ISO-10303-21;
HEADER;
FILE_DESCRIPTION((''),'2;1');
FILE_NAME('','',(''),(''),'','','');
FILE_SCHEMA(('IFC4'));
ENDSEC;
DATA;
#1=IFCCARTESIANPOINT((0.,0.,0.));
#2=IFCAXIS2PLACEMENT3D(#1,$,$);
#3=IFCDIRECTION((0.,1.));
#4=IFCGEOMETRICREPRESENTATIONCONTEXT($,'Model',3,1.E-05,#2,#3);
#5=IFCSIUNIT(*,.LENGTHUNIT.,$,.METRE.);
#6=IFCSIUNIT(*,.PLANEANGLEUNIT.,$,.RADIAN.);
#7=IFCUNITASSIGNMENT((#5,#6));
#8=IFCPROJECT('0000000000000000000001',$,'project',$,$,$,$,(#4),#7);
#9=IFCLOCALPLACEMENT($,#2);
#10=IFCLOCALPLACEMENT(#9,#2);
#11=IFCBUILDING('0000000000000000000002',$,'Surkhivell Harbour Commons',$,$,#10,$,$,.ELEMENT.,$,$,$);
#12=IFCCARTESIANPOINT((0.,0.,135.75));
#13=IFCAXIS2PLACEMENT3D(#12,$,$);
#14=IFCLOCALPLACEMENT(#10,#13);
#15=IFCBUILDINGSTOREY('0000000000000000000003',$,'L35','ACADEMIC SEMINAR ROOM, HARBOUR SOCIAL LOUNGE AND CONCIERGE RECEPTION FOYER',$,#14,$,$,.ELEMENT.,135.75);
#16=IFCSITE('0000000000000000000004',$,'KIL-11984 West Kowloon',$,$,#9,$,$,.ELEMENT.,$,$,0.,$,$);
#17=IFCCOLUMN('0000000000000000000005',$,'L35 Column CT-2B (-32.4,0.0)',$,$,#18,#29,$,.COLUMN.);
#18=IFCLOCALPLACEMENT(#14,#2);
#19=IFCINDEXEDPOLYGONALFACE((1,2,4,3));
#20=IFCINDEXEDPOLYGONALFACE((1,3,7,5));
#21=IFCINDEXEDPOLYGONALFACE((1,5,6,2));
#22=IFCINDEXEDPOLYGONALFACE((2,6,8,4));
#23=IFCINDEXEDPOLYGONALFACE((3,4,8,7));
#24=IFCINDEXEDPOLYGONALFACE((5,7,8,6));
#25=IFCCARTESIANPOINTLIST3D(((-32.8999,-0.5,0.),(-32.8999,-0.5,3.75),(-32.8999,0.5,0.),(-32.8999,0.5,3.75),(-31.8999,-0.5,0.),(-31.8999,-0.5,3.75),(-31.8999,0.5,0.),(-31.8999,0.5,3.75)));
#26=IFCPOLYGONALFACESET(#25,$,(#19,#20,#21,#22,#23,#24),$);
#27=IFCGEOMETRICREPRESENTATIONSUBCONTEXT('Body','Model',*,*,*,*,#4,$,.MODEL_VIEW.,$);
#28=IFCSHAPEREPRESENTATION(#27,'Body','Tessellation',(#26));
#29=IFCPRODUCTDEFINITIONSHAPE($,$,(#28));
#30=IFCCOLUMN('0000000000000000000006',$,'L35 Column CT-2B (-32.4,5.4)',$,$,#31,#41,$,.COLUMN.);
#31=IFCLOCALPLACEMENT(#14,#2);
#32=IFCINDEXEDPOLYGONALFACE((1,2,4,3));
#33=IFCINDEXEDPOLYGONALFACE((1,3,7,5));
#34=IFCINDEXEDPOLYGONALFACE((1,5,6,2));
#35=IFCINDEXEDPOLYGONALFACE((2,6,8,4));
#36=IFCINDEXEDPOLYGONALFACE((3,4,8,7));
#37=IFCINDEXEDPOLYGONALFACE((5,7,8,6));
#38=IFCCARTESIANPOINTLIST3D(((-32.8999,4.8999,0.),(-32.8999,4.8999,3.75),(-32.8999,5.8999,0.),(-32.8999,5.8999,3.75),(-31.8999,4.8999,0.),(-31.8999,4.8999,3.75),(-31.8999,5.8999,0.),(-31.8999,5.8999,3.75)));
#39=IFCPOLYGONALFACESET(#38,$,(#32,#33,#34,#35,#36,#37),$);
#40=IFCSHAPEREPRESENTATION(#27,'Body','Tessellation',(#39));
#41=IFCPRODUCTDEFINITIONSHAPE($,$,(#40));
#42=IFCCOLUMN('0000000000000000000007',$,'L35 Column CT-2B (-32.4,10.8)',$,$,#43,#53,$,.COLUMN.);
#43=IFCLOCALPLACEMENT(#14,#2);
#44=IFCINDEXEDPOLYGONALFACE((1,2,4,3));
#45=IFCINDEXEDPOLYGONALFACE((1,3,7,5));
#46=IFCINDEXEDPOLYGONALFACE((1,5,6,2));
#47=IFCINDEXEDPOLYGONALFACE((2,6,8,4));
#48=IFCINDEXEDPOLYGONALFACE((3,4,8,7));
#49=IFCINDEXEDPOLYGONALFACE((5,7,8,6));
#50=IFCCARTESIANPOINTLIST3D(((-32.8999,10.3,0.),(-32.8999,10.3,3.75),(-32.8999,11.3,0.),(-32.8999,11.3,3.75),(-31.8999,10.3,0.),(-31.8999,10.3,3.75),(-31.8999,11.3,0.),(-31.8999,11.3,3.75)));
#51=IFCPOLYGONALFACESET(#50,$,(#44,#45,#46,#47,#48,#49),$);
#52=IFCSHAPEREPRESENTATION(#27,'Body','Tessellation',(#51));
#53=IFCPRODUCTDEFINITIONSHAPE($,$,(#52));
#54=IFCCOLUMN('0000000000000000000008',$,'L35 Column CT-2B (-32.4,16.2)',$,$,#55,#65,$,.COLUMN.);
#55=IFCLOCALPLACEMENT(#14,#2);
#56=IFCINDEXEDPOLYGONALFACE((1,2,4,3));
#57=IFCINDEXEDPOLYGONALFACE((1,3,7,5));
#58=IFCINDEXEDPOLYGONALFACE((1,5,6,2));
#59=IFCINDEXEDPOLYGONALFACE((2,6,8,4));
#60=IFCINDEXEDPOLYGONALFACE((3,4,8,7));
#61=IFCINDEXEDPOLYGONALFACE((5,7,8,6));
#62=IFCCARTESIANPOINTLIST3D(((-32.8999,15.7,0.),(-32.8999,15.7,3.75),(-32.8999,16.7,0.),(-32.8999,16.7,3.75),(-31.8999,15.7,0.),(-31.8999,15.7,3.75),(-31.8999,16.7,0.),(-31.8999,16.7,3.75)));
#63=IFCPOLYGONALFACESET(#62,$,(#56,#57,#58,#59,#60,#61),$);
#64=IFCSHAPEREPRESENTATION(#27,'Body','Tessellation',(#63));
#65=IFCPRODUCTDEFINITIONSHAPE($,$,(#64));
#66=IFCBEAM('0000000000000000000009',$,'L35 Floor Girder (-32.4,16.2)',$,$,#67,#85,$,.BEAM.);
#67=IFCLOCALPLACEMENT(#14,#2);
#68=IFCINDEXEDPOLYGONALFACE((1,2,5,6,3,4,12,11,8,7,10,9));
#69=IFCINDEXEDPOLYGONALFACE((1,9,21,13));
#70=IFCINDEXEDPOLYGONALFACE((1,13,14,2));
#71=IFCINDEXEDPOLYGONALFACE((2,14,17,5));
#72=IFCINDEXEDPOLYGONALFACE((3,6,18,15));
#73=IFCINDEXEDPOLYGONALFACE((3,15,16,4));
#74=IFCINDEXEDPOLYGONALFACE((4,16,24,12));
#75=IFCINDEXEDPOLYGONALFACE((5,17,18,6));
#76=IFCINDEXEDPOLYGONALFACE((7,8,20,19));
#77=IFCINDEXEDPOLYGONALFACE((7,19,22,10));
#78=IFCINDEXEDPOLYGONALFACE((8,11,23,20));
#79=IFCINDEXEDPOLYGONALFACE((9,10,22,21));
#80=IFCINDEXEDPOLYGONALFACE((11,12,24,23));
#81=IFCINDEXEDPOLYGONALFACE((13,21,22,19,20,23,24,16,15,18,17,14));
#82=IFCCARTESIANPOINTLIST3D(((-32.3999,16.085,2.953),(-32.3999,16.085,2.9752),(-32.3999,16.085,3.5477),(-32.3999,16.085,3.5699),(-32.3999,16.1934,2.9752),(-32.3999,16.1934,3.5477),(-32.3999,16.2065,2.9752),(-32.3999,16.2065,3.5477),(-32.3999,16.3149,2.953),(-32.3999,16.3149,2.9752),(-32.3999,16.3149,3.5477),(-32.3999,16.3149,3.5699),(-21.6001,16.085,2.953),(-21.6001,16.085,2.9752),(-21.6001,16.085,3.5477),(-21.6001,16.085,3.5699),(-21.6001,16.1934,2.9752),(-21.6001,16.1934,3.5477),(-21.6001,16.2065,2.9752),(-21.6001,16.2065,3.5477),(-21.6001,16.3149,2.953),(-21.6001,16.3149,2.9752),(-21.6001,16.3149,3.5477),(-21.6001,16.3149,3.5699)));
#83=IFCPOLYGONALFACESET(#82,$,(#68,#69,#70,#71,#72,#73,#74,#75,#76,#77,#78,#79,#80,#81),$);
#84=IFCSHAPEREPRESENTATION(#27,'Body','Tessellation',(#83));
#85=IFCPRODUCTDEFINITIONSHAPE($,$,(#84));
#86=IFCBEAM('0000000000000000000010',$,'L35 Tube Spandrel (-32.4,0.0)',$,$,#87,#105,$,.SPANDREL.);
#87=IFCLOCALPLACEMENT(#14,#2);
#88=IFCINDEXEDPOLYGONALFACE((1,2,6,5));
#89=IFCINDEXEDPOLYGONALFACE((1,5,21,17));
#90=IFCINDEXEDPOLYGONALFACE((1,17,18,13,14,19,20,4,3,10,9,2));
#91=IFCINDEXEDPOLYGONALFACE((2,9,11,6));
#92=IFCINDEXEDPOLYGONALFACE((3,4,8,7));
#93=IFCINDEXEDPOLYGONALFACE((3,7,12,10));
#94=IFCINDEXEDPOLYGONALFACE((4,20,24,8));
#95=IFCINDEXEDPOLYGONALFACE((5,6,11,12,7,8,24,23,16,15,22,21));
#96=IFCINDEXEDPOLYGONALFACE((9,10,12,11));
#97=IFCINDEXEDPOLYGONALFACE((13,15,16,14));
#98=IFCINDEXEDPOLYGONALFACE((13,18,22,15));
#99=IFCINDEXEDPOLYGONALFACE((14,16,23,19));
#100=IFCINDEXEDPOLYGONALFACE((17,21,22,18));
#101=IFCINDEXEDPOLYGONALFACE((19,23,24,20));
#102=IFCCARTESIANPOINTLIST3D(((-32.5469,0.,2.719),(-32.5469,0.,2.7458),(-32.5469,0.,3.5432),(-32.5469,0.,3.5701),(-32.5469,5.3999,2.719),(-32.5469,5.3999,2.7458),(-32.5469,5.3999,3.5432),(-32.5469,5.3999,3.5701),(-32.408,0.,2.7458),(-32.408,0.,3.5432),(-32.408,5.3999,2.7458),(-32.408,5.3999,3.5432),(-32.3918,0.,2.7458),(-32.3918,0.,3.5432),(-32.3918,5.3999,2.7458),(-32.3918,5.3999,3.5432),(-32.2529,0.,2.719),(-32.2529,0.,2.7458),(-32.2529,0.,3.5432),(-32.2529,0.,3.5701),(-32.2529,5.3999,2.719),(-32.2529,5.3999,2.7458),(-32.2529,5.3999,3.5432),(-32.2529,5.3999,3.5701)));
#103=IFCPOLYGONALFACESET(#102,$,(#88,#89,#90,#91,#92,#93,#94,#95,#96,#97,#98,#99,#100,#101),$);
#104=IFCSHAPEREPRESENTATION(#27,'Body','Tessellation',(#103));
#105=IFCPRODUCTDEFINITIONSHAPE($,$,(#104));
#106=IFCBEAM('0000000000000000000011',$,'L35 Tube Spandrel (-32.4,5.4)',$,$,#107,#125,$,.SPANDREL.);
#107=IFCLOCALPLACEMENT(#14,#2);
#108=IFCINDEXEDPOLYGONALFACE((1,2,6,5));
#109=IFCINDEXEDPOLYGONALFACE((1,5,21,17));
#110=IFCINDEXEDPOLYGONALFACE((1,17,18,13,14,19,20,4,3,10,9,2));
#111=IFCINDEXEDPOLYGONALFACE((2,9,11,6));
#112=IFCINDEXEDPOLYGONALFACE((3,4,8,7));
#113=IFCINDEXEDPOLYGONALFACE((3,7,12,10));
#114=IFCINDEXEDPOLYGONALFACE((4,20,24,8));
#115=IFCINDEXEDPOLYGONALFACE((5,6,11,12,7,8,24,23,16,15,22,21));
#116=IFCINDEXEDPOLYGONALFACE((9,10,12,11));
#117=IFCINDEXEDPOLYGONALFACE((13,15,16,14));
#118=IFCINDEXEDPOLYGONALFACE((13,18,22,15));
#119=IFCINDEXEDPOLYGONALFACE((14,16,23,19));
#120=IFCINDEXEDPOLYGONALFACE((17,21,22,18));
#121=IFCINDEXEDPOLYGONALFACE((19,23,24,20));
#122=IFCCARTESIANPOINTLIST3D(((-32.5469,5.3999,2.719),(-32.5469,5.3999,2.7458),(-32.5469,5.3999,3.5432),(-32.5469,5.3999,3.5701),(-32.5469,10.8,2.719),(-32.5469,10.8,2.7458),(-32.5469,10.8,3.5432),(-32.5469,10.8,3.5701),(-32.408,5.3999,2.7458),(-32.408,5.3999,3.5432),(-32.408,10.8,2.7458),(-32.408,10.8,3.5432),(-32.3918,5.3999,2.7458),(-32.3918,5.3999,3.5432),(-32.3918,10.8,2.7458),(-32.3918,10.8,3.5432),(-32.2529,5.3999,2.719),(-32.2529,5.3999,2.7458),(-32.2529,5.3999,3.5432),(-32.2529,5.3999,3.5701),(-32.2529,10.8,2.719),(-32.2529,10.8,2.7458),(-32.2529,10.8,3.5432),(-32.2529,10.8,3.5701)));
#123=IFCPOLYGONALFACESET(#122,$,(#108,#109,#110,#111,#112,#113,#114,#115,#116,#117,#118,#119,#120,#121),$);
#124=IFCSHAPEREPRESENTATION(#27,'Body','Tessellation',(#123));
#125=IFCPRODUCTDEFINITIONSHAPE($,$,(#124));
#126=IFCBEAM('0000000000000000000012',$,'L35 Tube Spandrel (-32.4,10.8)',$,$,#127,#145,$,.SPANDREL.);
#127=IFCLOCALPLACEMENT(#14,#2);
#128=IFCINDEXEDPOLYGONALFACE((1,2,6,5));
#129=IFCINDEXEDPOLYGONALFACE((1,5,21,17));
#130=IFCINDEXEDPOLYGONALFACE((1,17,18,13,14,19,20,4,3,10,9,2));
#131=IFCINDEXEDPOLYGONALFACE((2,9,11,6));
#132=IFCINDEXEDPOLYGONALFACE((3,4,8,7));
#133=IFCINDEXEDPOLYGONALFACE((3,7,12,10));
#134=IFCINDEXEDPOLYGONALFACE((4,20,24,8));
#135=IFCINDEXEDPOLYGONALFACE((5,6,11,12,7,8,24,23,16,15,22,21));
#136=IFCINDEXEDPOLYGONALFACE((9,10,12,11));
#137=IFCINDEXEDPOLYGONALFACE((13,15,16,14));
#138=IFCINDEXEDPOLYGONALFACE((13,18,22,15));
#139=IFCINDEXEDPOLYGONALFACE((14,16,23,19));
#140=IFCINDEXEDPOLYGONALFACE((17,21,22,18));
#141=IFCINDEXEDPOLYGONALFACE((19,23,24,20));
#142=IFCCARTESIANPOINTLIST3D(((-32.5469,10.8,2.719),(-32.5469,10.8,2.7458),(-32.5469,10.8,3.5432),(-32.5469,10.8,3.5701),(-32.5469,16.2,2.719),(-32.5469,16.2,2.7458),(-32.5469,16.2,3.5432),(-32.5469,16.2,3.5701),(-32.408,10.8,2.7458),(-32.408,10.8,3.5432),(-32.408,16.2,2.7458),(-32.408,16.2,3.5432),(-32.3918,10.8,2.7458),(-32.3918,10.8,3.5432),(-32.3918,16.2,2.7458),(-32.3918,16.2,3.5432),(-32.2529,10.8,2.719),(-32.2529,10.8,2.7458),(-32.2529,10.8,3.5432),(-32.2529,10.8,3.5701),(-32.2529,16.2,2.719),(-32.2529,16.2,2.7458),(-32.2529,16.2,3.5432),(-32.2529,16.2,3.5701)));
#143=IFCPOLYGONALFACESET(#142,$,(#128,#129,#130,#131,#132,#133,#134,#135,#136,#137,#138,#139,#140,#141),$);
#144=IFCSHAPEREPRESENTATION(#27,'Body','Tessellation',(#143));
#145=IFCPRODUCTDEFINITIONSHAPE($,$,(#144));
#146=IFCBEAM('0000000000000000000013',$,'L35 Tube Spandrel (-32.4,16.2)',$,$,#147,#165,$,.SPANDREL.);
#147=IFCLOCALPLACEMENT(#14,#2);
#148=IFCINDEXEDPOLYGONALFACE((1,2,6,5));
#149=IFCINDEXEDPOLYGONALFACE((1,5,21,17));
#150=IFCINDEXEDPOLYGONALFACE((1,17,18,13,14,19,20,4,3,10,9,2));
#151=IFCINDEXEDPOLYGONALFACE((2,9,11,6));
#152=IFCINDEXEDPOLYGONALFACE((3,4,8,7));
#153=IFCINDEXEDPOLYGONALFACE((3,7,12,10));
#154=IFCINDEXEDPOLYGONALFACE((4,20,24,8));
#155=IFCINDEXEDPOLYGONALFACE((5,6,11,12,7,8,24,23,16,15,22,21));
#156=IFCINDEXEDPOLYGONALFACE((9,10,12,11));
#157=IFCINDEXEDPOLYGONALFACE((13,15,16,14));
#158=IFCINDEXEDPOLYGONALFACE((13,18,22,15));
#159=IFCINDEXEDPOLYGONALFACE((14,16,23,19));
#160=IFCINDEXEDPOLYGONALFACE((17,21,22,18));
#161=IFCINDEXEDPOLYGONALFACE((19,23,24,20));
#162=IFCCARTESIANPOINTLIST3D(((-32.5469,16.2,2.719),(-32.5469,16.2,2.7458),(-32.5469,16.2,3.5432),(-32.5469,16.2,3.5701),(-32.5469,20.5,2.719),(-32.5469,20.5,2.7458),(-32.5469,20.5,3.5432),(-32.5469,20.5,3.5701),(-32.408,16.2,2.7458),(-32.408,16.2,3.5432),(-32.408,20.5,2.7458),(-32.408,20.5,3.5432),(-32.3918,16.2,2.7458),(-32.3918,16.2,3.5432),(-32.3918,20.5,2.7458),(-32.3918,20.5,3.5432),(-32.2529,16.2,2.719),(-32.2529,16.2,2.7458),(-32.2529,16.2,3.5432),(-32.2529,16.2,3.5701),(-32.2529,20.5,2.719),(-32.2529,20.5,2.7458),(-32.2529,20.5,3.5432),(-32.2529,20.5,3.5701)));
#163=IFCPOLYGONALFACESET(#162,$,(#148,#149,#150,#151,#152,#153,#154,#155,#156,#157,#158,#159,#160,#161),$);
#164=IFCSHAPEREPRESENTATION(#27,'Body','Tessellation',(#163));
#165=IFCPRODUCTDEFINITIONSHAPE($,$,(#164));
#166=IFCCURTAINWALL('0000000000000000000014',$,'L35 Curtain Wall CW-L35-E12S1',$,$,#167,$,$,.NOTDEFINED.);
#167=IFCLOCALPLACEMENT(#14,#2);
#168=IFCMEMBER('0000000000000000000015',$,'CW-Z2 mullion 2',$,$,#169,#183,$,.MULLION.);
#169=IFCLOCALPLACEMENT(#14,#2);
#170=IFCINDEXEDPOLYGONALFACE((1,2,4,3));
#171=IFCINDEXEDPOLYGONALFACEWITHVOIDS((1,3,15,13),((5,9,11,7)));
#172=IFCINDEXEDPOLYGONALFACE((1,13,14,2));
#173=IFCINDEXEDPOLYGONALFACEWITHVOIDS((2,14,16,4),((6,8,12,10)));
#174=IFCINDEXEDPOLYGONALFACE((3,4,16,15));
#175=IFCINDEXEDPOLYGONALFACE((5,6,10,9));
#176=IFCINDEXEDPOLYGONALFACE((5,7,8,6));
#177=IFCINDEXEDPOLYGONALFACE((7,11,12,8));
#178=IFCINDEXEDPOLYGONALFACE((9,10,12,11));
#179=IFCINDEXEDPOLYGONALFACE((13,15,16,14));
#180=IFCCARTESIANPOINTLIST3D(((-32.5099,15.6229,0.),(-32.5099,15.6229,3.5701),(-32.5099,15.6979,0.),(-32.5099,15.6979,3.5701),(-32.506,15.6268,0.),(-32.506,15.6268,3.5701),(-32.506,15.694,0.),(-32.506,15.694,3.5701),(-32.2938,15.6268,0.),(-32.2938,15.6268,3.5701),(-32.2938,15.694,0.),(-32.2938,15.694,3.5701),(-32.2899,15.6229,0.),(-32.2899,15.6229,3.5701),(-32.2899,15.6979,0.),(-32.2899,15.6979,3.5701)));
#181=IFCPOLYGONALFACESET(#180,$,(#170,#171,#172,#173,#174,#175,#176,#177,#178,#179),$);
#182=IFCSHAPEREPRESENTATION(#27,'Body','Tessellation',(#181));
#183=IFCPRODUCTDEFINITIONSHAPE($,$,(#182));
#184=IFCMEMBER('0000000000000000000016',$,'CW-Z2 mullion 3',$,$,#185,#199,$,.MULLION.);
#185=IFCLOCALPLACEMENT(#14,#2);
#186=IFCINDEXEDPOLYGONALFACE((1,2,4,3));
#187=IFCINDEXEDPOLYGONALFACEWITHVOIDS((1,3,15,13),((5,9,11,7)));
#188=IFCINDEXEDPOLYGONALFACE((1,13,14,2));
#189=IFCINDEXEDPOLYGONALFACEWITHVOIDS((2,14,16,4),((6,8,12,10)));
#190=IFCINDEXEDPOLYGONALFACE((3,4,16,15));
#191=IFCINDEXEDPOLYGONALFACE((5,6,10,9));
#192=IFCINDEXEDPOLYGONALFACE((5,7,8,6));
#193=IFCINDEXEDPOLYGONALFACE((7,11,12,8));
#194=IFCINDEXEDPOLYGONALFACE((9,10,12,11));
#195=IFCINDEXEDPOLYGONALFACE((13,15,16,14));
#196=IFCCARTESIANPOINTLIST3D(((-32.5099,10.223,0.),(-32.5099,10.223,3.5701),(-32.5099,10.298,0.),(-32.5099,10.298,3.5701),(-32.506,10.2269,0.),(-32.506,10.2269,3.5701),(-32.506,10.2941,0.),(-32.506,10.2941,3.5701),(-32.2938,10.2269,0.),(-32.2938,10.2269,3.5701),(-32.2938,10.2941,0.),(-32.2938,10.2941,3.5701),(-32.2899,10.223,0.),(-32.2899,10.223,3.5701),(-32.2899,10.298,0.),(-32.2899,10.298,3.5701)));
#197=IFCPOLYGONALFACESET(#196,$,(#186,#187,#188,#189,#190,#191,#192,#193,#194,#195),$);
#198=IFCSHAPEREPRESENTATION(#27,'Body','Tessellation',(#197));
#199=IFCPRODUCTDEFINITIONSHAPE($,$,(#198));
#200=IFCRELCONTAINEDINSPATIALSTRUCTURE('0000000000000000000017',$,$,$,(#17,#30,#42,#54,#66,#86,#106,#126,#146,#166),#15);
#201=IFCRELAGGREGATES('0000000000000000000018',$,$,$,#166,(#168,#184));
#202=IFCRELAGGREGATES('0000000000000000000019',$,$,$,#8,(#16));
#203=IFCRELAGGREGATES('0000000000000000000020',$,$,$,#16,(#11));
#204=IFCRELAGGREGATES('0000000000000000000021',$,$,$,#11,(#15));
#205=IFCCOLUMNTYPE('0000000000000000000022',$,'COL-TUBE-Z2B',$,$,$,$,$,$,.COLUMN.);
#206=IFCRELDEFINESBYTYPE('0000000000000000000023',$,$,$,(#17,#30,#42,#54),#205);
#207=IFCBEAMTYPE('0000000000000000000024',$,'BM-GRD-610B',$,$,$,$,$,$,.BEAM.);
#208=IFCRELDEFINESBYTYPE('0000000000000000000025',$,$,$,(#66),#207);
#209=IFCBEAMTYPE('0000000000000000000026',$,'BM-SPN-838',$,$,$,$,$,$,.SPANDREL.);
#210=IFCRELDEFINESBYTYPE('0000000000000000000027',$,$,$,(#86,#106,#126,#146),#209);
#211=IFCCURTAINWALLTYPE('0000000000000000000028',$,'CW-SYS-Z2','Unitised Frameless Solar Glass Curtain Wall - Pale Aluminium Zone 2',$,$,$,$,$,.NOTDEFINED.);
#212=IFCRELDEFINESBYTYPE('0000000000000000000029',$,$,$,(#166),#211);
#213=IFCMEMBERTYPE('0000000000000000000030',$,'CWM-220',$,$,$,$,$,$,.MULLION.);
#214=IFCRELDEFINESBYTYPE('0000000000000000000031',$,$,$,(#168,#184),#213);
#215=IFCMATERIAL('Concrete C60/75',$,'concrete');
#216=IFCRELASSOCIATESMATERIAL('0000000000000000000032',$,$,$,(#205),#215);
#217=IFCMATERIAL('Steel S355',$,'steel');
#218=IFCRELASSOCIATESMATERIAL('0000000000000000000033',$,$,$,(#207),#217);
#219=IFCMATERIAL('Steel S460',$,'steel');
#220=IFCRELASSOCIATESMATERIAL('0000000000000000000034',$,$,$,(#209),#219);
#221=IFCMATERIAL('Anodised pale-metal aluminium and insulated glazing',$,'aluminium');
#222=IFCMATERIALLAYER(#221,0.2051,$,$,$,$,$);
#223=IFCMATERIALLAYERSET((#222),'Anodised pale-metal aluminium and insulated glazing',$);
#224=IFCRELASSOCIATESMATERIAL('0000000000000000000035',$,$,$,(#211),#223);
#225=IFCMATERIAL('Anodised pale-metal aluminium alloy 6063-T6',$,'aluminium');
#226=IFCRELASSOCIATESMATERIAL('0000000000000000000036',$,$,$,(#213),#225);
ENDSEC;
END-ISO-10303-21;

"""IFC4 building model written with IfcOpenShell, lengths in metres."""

from ifc_helpers import new_model, si_unit, direction, frame, origin, origin_2d, place, context, subcontext, project, spatial, rectangle, hollow_rectangle, i_section, extrude, material, layer, layer_set, material_profile, profile_set, type_object, element, aggregate, save


model = new_model("IFC4")

# Units and contexts
model_context = context("Model", 3, precision=1e-05, world=origin(), true_north=direction((0.0, 1.0)))
body_context = subcontext(model_context, "Body", "Model", "MODEL_VIEW")
ifc_project = project(units=[si_unit("LENGTHUNIT", "METRE"), si_unit("PLANEANGLEUNIT", "RADIAN")], contexts=[model_context])

# Site, building, storey
site_placement = place(None, origin())
site = spatial("IfcSite", under=ifc_project, at=site_placement, Name="KIL-11984 West Kowloon", CompositionType="ELEMENT", RefElevation=0.0)
building_placement = place(site_placement, origin())
building = spatial("IfcBuilding", under=site, at=building_placement, Name="Surkhivell Harbour Commons", CompositionType="ELEMENT")
storey_placement = place(building_placement, frame((0.0, 0.0, 135.75)))
storey = spatial("IfcBuildingStorey", under=building, at=storey_placement, Name="L35", Description="ACADEMIC SEMINAR ROOM, HARBOUR SOCIAL LOUNGE AND CONCIERGE RECEPTION FOYER", CompositionType="ELEMENT", Elevation=135.75)

# Columns
ifc_material_1 = material(Name="Concrete C60/75", Category="concrete")
ifc_material_profile_1 = material_profile(ifc_material_1, rectangle(XDim=1.0, YDim=1.0, at=origin_2d()), Name="RC-COL-1000x1000")
ifc_profile_set_1 = profile_set([ifc_material_profile_1], Name="Concrete C60/75")
column_type = type_object("IfcColumnType", Name="COL-TUBE-Z2B", PredefinedType="COLUMN", material=ifc_profile_set_1)
for number, where, z_axis, x_axis, name in (
    (1, (-32.3999, 0.0, 0.0), (0.0, 0.0, 1.0), (1.0, 0.0, 0.0), "L35 Column CT-2B (-32.4,0.0)"),
    (2, (-32.3999, 5.3999, 0.0), (0.0, 0.0, 1.0), (1.0, 0.0, 0.0), "L35 Column CT-2B (-32.4,5.4)"),
    (3, (-32.3999, 10.8, 0.0), (0.0, 0.0, 1.0), (1.0, 0.0, 0.0), "L35 Column CT-2B (-32.4,10.8)"),
    (4, (-32.3999, 16.2, 0.0), (0.0, 0.0, 1.0), (1.0, 0.0, 0.0), "L35 Column CT-2B (-32.4,16.2)"),
):
    element("IfcColumn", number, at=place(storey_placement, frame(where, z_axis=z_axis, x_axis=x_axis)), inside=storey, type_object=column_type, Name=name, PredefinedType="COLUMN", context=body_context, shape_type="SweptSolid", body=[
        extrude(rectangle(XDim=1.0, YDim=1.0, at=origin_2d()), origin(), (0.0, 0.0, 1.0), 3.75),
    ])

# Beams
ifc_material_2 = material(Name="Steel S355", Category="steel")
ifc_material_profile_2 = material_profile(ifc_material_2, i_section(OverallWidth=0.23, OverallDepth=0.6169, WebThickness=0.0132, FlangeThickness=0.0222, at=origin_2d()), Name="UB610x229x140")
ifc_profile_set_2 = profile_set([ifc_material_profile_2], Name="Steel S355")
beam_type_1 = type_object("IfcBeamType", Name="BM-GRD-610B", PredefinedType="BEAM", material=ifc_profile_set_2)
beam_1_placement = place(storey_placement, frame((-32.3999, 16.2, 3.2615), z_axis=(1.0, 0.0, 0.0), x_axis=(0.0, 1.0, 0.0)))
element("IfcBeam", 5, at=beam_1_placement, inside=storey, type_object=beam_type_1, Name="L35 Floor Girder (-32.4,16.2)", PredefinedType="BEAM", context=body_context, shape_type="SweptSolid", body=[
    extrude(i_section(OverallWidth=0.23, OverallDepth=0.6169, WebThickness=0.0132, FlangeThickness=0.0222, at=origin_2d()), origin(), (0.0, 0.0, 1.0), 10.7998),
])
ifc_material_3 = material(Name="Steel S460", Category="steel")
ifc_material_profile_3 = material_profile(ifc_material_3, i_section(OverallWidth=0.2939, OverallDepth=0.8511, WebThickness=0.0161, FlangeThickness=0.0269, at=origin_2d()), Name="UB838x292x226")
ifc_profile_set_3 = profile_set([ifc_material_profile_3], Name="Steel S460")
beam_type_2 = type_object("IfcBeamType", Name="BM-SPN-838", PredefinedType="SPANDREL", material=ifc_profile_set_3)
beam_2_placement = place(storey_placement, frame((-32.3999, 0.0, 3.1445), z_axis=(0.0, 1.0, 0.0), x_axis=(-1.0, 0.0, 0.0)))
element("IfcBeam", 6, at=beam_2_placement, inside=storey, type_object=beam_type_2, Name="L35 Tube Spandrel (-32.4,0.0)", PredefinedType="SPANDREL", context=body_context, shape_type="SweptSolid", body=[
    extrude(i_section(OverallWidth=0.2939, OverallDepth=0.8511, WebThickness=0.0161, FlangeThickness=0.0269, at=origin_2d()), origin(), (0.0, 0.0, 1.0), 5.3999),
])
beam_3_placement = place(storey_placement, frame((-32.3999, 5.3999, 3.1445), z_axis=(0.0, 1.0, 0.0), x_axis=(-1.0, 0.0, 0.0)))
element("IfcBeam", 7, at=beam_3_placement, inside=storey, type_object=beam_type_2, Name="L35 Tube Spandrel (-32.4,5.4)", PredefinedType="SPANDREL", context=body_context, shape_type="SweptSolid", body=[
    extrude(i_section(OverallWidth=0.2939, OverallDepth=0.8511, WebThickness=0.0161, FlangeThickness=0.0269, at=origin_2d()), origin(), (0.0, 0.0, 1.0), 5.4001),
])
beam_4_placement = place(storey_placement, frame((-32.3999, 10.8, 3.1445), z_axis=(0.0, 1.0, 0.0), x_axis=(-1.0, 0.0, 0.0)))
element("IfcBeam", 8, at=beam_4_placement, inside=storey, type_object=beam_type_2, Name="L35 Tube Spandrel (-32.4,10.8)", PredefinedType="SPANDREL", context=body_context, shape_type="SweptSolid", body=[
    extrude(i_section(OverallWidth=0.2939, OverallDepth=0.8511, WebThickness=0.0161, FlangeThickness=0.0269, at=origin_2d()), origin(), (0.0, 0.0, 1.0), 5.3999),
])
beam_5_placement = place(storey_placement, frame((-32.3999, 16.2, 3.1445), z_axis=(0.0, 1.0, 0.0), x_axis=(-1.0, 0.0, 0.0)))
element("IfcBeam", 9, at=beam_5_placement, inside=storey, type_object=beam_type_2, Name="L35 Tube Spandrel (-32.4,16.2)", PredefinedType="SPANDREL", context=body_context, shape_type="SweptSolid", body=[
    extrude(i_section(OverallWidth=0.2939, OverallDepth=0.8511, WebThickness=0.0161, FlangeThickness=0.0269, at=origin_2d()), origin(), (0.0, 0.0, 1.0), 4.3),
])

# Curtain wall, members
ifc_material_4 = material(Name="Anodised pale-metal aluminium and insulated glazing", Category="aluminium")
ifc_layer_1 = layer(ifc_material_4, 0.2051)
ifc_layer_set_1 = layer_set([ifc_layer_1], Name="Anodised pale-metal aluminium and insulated glazing")
curtain_wall_type = type_object("IfcCurtainWallType", Name="CW-SYS-Z2", Description="Unitised Frameless Solar Glass Curtain Wall - Pale Aluminium Zone 2", PredefinedType="NOTDEFINED", material=ifc_layer_set_1)
curtain_wall_placement = place(storey_placement, origin())
curtain_wall = element("IfcCurtainWall", 10, at=curtain_wall_placement, inside=storey, type_object=curtain_wall_type, Name="L35 Curtain Wall CW-L35-E12S1", PredefinedType="NOTDEFINED")
ifc_material_5 = material(Name="Anodised pale-metal aluminium alloy 6063-T6", Category="aluminium")
ifc_material_profile_4 = material_profile(ifc_material_5, hollow_rectangle(XDim=0.075, YDim=0.22, WallThickness=0.0039, at=origin_2d()), Name="ALU-MULL-75x220")
ifc_profile_set_4 = profile_set([ifc_material_profile_4], Name="Anodised pale-metal aluminium alloy 6063-T6")
member_type_1 = type_object("IfcMemberType", Name="CWM-220", PredefinedType="MULLION", material=ifc_profile_set_4)
member_1_placement = place(storey_placement, frame((-32.3999, 15.6604, 0.0), z_axis=(0.0, 0.0, 1.0), x_axis=(0.0, -1.0, 0.0)))
member_1 = element("IfcMember", 11, at=member_1_placement, type_object=member_type_1, Name="CW-Z2 mullion 2", PredefinedType="MULLION", context=body_context, shape_type="SweptSolid", body=[
    extrude(hollow_rectangle(XDim=0.075, YDim=0.22, WallThickness=0.0039, at=origin_2d()), origin(), (0.0, 0.0, 1.0), 3.5701),
])
member_2_placement = place(storey_placement, frame((-32.3999, 10.2605, 0.0), z_axis=(0.0, 0.0, 1.0), x_axis=(0.0, -1.0, 0.0)))
member_2 = element("IfcMember", 12, at=member_2_placement, type_object=member_type_1, Name="CW-Z2 mullion 3", PredefinedType="MULLION", context=body_context, shape_type="SweptSolid", body=[
    extrude(hollow_rectangle(XDim=0.075, YDim=0.22, WallThickness=0.0039, at=origin_2d()), origin(), (0.0, 0.0, 1.0), 3.5701),
])
aggregate(curtain_wall, [member_1, member_2])

save(model, "model.ifc")
